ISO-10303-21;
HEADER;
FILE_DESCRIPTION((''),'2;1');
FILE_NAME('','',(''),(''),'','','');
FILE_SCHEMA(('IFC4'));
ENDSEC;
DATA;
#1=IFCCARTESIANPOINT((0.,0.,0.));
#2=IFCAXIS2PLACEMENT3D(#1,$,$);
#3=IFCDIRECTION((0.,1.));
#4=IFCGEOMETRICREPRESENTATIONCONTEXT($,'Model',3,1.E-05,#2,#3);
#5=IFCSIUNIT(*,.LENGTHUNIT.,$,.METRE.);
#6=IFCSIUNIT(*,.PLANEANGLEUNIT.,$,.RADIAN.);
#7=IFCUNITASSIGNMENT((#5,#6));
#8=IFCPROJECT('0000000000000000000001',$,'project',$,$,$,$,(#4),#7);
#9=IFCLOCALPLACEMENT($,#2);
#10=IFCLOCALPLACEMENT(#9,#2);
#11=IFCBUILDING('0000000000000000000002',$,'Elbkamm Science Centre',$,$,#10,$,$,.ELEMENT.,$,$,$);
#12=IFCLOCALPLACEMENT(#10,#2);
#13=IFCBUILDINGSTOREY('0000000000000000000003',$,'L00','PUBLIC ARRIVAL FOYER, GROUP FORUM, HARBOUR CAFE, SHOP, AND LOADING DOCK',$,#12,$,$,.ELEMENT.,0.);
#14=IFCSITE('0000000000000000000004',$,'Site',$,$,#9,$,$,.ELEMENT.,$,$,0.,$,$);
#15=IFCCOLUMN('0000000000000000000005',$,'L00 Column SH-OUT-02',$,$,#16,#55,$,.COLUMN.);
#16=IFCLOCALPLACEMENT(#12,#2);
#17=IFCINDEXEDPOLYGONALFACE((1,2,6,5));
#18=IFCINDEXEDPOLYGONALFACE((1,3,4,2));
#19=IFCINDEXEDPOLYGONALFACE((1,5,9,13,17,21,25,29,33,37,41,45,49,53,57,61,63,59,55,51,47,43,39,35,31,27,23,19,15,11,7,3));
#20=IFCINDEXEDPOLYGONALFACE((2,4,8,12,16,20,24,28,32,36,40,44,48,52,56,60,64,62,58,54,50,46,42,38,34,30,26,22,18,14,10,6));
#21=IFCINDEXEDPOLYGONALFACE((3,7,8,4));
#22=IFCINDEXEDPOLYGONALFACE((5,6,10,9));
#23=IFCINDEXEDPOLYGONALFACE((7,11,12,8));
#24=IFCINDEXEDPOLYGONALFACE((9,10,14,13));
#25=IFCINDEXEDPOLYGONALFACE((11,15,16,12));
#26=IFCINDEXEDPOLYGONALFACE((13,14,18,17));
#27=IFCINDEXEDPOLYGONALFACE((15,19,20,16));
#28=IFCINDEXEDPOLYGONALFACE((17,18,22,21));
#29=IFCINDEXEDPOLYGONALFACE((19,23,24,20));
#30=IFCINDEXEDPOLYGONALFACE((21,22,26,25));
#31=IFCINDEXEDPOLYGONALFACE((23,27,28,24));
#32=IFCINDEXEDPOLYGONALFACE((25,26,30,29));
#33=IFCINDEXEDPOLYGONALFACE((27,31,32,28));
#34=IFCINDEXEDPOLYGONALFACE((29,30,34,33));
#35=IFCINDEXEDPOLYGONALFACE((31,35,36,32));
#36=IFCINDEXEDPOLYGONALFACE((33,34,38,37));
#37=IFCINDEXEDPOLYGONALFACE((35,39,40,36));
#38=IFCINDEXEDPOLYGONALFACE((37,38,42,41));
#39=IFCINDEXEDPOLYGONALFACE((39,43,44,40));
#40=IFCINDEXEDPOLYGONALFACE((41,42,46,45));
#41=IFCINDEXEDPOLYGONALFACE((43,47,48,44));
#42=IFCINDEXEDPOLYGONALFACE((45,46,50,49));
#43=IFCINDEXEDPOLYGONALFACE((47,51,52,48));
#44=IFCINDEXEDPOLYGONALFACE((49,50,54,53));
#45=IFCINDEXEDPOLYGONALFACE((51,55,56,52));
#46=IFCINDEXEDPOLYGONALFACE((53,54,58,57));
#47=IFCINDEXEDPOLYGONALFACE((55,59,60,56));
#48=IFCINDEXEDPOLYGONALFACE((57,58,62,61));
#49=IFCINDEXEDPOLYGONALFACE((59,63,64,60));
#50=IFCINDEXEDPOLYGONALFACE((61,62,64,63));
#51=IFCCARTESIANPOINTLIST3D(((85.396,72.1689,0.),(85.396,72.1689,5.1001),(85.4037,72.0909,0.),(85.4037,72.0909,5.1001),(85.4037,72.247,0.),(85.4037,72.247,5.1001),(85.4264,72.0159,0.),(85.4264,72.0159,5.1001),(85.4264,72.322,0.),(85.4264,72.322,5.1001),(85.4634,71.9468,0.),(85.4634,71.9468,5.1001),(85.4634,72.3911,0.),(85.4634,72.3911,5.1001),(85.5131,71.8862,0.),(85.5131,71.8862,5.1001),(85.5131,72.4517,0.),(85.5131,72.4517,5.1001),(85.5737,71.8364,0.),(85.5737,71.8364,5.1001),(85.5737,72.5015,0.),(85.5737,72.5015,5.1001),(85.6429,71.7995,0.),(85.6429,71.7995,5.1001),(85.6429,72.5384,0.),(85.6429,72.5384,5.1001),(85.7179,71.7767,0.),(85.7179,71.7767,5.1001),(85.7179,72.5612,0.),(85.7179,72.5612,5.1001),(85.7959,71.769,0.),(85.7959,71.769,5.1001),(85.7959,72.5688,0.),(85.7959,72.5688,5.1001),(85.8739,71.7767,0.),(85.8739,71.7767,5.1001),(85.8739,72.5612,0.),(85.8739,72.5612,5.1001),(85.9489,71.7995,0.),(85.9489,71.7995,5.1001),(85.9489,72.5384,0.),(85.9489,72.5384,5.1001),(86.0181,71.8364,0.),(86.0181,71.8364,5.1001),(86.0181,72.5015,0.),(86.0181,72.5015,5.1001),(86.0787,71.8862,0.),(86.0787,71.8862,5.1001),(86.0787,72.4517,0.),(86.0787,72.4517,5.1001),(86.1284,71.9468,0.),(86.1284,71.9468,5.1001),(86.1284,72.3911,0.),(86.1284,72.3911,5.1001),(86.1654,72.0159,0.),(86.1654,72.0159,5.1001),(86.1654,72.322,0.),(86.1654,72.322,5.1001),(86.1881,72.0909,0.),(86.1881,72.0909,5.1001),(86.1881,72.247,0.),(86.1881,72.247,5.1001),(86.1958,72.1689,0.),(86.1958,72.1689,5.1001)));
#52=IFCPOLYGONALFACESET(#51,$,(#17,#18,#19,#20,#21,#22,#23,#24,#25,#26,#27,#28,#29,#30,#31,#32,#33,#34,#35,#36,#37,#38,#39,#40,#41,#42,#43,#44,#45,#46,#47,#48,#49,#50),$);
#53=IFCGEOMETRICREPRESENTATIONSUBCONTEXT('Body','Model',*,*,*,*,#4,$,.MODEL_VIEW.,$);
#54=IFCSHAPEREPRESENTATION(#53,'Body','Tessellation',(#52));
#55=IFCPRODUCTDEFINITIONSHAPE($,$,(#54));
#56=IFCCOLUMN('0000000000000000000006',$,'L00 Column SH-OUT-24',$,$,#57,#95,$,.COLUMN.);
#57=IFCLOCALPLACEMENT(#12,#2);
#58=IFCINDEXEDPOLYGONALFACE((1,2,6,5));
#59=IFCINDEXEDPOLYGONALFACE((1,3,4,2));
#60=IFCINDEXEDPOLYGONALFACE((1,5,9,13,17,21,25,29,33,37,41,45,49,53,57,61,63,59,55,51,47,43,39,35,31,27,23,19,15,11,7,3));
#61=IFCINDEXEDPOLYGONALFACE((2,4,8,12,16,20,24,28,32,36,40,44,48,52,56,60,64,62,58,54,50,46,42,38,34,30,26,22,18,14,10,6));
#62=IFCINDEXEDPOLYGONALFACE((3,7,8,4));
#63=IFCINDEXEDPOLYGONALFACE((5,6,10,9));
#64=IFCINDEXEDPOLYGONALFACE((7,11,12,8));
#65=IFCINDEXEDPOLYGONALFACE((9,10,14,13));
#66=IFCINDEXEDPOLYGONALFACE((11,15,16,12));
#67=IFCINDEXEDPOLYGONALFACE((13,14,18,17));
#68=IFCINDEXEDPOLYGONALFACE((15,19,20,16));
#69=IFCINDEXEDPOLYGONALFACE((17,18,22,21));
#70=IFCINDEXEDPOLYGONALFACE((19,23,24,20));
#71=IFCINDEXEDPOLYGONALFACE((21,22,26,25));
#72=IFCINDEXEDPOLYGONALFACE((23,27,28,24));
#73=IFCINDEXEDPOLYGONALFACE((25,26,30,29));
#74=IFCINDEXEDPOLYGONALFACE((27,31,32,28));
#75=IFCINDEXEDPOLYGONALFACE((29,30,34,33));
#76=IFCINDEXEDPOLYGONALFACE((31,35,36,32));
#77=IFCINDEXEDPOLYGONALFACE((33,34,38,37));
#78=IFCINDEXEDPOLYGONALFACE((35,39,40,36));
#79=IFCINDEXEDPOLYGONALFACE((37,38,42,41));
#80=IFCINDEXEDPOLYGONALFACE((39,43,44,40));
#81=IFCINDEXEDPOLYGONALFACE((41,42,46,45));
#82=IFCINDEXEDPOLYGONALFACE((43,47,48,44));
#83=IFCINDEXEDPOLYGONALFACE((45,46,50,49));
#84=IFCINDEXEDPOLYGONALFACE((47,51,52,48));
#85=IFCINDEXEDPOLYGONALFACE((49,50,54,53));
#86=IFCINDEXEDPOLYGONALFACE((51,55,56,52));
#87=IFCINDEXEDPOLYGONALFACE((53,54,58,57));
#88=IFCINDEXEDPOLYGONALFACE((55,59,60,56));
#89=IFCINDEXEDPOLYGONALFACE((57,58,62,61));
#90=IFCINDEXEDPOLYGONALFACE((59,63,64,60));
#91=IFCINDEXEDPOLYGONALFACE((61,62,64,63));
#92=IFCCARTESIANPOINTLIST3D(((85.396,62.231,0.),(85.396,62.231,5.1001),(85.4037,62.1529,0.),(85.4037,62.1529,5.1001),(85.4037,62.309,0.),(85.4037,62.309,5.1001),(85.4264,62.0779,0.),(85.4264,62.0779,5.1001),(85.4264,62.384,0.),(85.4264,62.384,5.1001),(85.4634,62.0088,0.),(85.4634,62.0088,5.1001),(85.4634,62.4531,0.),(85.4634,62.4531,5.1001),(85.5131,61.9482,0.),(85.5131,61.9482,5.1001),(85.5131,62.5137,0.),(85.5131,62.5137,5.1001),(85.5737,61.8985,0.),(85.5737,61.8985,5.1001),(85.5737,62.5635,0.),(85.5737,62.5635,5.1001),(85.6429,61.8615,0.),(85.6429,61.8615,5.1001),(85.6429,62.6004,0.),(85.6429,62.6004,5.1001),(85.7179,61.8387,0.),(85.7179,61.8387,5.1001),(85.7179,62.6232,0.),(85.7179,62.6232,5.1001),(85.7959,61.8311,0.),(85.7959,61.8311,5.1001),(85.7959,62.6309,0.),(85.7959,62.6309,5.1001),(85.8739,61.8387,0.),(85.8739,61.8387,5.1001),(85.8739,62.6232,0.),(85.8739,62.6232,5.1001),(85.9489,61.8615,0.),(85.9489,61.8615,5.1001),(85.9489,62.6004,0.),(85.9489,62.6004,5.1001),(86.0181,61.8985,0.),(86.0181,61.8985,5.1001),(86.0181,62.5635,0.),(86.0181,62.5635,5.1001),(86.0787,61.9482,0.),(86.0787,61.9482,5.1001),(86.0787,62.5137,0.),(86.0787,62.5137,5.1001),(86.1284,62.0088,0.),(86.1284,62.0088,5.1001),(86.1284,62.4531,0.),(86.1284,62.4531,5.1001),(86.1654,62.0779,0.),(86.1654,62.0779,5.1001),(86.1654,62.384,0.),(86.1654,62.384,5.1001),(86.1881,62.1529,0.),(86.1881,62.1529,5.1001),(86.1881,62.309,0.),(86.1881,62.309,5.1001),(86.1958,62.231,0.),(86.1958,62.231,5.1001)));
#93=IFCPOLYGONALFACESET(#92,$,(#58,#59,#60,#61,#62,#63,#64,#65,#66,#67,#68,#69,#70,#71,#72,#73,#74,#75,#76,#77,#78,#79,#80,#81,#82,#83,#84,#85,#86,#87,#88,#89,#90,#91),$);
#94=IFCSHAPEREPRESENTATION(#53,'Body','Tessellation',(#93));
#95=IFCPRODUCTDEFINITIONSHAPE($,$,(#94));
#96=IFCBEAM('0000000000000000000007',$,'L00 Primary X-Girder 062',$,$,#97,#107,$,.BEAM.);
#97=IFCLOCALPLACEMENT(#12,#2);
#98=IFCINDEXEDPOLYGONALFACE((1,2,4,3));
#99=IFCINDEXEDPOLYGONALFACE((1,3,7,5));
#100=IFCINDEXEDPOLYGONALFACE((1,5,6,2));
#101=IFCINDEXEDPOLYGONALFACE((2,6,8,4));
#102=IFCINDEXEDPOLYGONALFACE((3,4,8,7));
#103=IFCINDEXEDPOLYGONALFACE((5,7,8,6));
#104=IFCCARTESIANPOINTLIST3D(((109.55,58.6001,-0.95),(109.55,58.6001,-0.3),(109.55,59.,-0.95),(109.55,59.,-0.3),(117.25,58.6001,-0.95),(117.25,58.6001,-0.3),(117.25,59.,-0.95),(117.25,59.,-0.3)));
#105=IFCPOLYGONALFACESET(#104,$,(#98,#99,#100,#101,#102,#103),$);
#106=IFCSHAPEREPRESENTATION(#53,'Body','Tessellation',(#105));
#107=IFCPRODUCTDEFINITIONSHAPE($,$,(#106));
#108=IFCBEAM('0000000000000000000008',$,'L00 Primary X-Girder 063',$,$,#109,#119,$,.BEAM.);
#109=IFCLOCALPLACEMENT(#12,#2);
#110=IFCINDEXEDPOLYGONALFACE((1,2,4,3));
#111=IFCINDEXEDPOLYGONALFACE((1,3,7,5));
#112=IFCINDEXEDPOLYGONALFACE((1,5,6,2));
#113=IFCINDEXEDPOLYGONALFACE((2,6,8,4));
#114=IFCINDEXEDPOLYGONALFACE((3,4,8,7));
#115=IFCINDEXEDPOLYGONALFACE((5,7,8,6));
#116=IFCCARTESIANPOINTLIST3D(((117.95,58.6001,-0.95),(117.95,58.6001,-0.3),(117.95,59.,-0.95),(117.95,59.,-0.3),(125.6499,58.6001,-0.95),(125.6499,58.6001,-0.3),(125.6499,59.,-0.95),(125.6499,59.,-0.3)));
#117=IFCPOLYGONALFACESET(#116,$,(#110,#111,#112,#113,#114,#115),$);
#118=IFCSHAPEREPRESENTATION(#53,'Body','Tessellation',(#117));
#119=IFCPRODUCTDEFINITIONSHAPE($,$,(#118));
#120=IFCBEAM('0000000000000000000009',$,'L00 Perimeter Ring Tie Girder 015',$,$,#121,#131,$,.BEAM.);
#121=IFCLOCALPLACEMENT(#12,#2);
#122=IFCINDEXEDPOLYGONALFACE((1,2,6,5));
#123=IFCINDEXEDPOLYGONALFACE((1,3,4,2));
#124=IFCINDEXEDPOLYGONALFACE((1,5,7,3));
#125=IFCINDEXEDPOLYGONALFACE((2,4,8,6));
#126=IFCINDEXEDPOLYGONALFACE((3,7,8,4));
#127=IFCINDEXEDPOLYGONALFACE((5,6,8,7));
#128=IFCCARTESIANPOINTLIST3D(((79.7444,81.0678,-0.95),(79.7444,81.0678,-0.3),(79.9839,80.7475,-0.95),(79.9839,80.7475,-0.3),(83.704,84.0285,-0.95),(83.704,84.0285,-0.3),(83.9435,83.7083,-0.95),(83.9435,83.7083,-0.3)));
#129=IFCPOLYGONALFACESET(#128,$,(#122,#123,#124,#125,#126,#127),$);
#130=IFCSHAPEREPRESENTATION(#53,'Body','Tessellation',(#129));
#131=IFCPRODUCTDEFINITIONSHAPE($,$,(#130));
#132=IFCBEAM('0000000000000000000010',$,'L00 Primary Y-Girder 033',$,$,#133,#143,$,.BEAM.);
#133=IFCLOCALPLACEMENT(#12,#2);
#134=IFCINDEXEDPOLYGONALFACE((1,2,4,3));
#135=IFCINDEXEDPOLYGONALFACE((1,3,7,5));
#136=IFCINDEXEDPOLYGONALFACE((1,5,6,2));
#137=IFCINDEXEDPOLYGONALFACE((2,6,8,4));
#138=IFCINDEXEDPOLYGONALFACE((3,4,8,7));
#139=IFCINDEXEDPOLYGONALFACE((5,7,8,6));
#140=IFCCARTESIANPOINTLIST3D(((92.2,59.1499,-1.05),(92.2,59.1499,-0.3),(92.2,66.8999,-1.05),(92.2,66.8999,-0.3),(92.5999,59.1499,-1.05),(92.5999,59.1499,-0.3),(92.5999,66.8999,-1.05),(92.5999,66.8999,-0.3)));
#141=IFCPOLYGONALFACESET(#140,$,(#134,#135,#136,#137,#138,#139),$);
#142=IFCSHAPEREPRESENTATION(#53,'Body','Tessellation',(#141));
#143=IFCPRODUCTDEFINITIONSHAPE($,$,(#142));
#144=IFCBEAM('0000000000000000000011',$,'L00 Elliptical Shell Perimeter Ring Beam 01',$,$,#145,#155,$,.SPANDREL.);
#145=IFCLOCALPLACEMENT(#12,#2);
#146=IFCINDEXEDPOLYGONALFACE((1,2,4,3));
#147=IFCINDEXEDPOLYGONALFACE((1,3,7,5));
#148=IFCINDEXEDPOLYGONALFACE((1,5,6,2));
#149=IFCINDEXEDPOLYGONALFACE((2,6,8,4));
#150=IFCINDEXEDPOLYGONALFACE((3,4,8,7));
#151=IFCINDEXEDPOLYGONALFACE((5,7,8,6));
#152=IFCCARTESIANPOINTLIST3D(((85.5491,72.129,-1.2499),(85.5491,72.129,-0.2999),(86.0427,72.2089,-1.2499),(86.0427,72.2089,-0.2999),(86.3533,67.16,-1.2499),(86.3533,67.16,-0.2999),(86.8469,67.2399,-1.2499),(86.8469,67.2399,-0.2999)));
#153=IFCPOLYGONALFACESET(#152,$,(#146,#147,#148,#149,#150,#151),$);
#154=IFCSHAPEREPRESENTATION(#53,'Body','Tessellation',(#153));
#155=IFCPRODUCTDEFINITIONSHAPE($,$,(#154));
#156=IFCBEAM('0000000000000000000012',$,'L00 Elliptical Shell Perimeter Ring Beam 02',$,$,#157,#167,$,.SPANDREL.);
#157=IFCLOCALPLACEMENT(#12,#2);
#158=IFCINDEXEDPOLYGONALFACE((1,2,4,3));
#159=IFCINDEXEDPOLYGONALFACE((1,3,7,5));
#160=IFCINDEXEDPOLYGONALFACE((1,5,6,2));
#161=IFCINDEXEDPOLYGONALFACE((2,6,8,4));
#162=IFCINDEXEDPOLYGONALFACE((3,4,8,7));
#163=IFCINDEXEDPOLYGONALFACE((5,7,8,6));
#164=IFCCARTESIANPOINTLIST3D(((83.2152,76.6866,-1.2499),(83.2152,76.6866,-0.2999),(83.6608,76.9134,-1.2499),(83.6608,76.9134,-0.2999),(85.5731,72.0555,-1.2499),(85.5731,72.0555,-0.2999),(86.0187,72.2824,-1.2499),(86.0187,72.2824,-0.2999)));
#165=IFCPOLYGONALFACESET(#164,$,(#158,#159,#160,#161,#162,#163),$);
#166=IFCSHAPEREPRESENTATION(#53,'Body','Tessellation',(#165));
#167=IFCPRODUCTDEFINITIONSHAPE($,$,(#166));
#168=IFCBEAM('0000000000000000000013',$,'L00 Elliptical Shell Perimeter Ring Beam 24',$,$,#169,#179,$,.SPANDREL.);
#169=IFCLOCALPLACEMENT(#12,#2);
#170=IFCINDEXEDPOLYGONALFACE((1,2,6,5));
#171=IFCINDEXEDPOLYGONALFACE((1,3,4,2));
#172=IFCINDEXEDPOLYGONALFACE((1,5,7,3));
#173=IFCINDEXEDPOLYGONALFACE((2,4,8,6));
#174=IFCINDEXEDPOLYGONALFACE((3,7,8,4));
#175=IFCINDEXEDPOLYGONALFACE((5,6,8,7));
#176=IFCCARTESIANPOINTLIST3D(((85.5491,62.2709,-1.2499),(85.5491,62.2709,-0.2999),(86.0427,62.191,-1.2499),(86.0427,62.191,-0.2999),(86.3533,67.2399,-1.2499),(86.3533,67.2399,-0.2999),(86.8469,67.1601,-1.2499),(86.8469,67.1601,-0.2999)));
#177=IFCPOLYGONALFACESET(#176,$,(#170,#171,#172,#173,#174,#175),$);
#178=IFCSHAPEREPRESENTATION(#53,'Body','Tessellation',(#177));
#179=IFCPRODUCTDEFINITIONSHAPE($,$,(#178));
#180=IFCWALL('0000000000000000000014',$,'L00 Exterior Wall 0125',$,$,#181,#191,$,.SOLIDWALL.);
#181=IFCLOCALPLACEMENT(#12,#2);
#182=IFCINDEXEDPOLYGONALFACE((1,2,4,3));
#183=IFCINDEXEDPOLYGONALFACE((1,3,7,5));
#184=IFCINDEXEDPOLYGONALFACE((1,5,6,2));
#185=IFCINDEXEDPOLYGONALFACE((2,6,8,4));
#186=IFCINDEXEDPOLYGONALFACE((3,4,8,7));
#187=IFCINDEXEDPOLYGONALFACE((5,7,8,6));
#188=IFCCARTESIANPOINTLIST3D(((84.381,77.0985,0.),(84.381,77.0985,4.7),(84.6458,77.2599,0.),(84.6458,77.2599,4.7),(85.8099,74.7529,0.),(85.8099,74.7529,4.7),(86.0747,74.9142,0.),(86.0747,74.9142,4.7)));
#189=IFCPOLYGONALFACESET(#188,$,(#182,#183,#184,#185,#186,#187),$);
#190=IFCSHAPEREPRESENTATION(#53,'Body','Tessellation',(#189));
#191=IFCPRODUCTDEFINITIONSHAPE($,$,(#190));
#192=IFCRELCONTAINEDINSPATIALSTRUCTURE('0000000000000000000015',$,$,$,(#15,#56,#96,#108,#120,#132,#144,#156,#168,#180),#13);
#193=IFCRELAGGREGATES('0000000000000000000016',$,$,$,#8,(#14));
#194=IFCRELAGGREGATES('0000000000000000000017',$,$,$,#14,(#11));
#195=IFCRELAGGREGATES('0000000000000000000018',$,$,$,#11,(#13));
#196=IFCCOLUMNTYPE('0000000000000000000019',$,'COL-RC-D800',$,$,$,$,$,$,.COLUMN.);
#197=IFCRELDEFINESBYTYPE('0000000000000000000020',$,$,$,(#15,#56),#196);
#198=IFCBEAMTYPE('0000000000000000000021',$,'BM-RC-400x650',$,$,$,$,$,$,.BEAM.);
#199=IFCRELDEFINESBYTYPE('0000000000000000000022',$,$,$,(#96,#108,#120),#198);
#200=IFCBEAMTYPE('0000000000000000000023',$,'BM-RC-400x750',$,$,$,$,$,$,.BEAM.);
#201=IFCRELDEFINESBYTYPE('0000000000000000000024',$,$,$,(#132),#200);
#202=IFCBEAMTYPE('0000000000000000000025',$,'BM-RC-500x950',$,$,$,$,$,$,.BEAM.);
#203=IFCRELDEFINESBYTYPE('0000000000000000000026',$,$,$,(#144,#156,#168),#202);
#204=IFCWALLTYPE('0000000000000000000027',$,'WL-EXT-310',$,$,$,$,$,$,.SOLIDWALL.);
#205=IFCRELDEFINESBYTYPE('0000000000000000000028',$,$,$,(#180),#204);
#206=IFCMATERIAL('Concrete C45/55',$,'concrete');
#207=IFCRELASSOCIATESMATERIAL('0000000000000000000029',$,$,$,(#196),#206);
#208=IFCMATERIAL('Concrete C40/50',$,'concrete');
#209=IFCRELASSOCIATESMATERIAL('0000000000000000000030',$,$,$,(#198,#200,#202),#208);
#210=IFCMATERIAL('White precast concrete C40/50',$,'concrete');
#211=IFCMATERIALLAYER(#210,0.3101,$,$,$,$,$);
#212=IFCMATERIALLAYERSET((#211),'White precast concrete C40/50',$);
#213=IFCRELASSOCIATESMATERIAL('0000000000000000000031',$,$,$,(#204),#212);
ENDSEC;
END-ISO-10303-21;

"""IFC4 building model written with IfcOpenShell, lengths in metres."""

from ifc_helpers import new_model, si_unit, direction, frame, frame_2d, origin, origin_2d, place, context, subcontext, project, spatial, rectangle, circle, extrude, material, layer, layer_set, material_profile, profile_set, type_object, element, save


model = new_model("IFC4")

# Units and contexts
model_context = context("Model", 3, precision=1e-05, world=origin(), true_north=direction((0.0, 1.0)))
body_context = subcontext(model_context, "Body", "Model", "MODEL_VIEW")
ifc_project = project(units=[si_unit("LENGTHUNIT", "METRE"), si_unit("PLANEANGLEUNIT", "RADIAN")], contexts=[model_context])

# Site, building, storey
site_placement = place(None, origin())
site = spatial("IfcSite", under=ifc_project, at=site_placement, Name="Site", CompositionType="ELEMENT", RefElevation=0.0)
building_placement = place(site_placement, origin())
building = spatial("IfcBuilding", under=site, at=building_placement, Name="Elbkamm Science Centre", CompositionType="ELEMENT")
storey_placement = place(building_placement, origin())
storey = spatial("IfcBuildingStorey", under=building, at=storey_placement, Name="L00", Description="PUBLIC ARRIVAL FOYER, GROUP FORUM, HARBOUR CAFE, SHOP, AND LOADING DOCK", CompositionType="ELEMENT", Elevation=0.0)

# Columns
ifc_material_1 = material(Name="Concrete C40/50", Category="concrete")
ifc_material_2 = material(Name="Concrete C45/55", Category="concrete")
ifc_material_profile_1 = material_profile(ifc_material_2, circle(Radius=0.3999, at=origin_2d()), Name="RC D800")
ifc_profile_set_1 = profile_set([ifc_material_profile_1], Name="Concrete C45/55")
column_type_1 = type_object("IfcColumnType", Name="COL-RC-D800", PredefinedType="COLUMN", material=ifc_profile_set_1)
for number, where, z_axis, x_axis, name in (
    (1, (85.7959, 72.1689, 0.0), (0.0, 0.0, 1.0), (1.0, 0.0, 0.0), "L00 Column SH-OUT-02"),
    (2, (85.7959, 62.231, 0.0), (0.0, 0.0, 1.0), (1.0, 0.0, 0.0), "L00 Column SH-OUT-24"),
):
    element("IfcColumn", number, at=place(storey_placement, frame(where, z_axis=z_axis, x_axis=x_axis)), inside=storey, type_object=column_type_1, Name=name, PredefinedType="COLUMN", context=body_context, shape_type="SweptSolid", body=[
        extrude(circle(Radius=0.3999, at=origin_2d()), origin(), (0.0, 0.0, 1.0), 5.1001),
    ])

# Beams
ifc_material_profile_2 = material_profile(ifc_material_1, rectangle(XDim=0.3999, YDim=0.6499, at=origin_2d()), Name="RC 400x650")
ifc_profile_set_2 = profile_set([ifc_material_profile_2], Name="Concrete C40/50")
beam_type_1 = type_object("IfcBeamType", Name="BM-RC-400x650", PredefinedType="BEAM", material=ifc_profile_set_2)
for number, where, z_axis, x_axis, name in (
    (3, (109.55, 58.8, -0.625), (1.0, 0.0, 0.0), (0.0, 1.0, 0.0), "L00 Primary X-Girder 062"),
    (4, (117.95, 58.8, -0.625), (1.0, 0.0, 0.0), (0.0, 1.0, 0.0), "L00 Primary X-Girder 063"),
):
    element("IfcBeam", number, at=place(storey_placement, frame(where, z_axis=z_axis, x_axis=x_axis)), inside=storey, type_object=beam_type_1, Name=name, PredefinedType="BEAM", context=body_context, shape_type="SweptSolid", body=[
        extrude(rectangle(XDim=0.3999, YDim=0.6499, at=origin_2d()), origin(), (0.0, 0.0, 1.0), 7.7),
    ])
beam_1_placement = place(storey_placement, frame((83.8237, 83.8684, -0.625), z_axis=(-0.800864, -0.598846, 0.0), x_axis=(0.598846, -0.800864, 0.0)))
element("IfcBeam", 5, at=beam_1_placement, inside=storey, type_object=beam_type_1, Name="L00 Perimeter Ring Tie Girder 015", PredefinedType="BEAM", context=body_context, shape_type="SweptSolid", body=[
    extrude(rectangle(XDim=0.3999, YDim=0.6499, at=origin_2d()), origin(), (0.0, 0.0, 1.0), 4.9441),
])
ifc_material_profile_3 = material_profile(ifc_material_1, rectangle(XDim=0.3999, YDim=0.75, at=origin_2d()), Name="RC 400x750")
ifc_profile_set_3 = profile_set([ifc_material_profile_3], Name="Concrete C40/50")
beam_type_2 = type_object("IfcBeamType", Name="BM-RC-400x750", PredefinedType="BEAM", material=ifc_profile_set_3)
beam_2_placement = place(storey_placement, frame((92.3999, 59.1499, -0.675), z_axis=(0.0, 1.0, 0.0), x_axis=(-1.0, 0.0, 0.0)))
element("IfcBeam", 6, at=beam_2_placement, inside=storey, type_object=beam_type_2, Name="L00 Primary Y-Girder 033", PredefinedType="BEAM", context=body_context, shape_type="SweptSolid", body=[
    extrude(rectangle(XDim=0.3999, YDim=0.75, at=origin_2d()), origin(), (0.0, 0.0, 1.0), 7.75),
])
ifc_material_profile_4 = material_profile(ifc_material_1, rectangle(XDim=0.5, YDim=0.95, at=origin_2d()), Name="RC 500x950")
ifc_profile_set_4 = profile_set([ifc_material_profile_4], Name="Concrete C40/50")
beam_type_3 = type_object("IfcBeamType", Name="BM-RC-500x950", PredefinedType="BEAM", material=ifc_profile_set_4)
beam_3_placement = place(storey_placement, frame((86.6001, 67.2, -0.7749), z_axis=(-0.159765, 0.987155, 0.0), x_axis=(-0.987155, -0.159765, 0.0)))
element("IfcBeam", 7, at=beam_3_placement, inside=storey, type_object=beam_type_3, Name="L00 Elliptical Shell Perimeter Ring Beam 01", PredefinedType="SPANDREL", context=body_context, shape_type="SweptSolid", body=[
    extrude(rectangle(XDim=0.5, YDim=0.95, at=origin_2d()), origin(), (0.0, 0.0, 1.0), 5.0337),
])
beam_4_placement = place(storey_placement, frame((85.7959, 72.1689, -0.7749), z_axis=(-0.453722, 0.891143, 0.0), x_axis=(-0.891143, -0.453722, 0.0)))
element("IfcBeam", 8, at=beam_4_placement, inside=storey, type_object=beam_type_3, Name="L00 Elliptical Shell Perimeter Ring Beam 02", PredefinedType="SPANDREL", context=body_context, shape_type="SweptSolid", body=[
    extrude(rectangle(XDim=0.5, YDim=0.95, at=origin_2d()), origin(), (0.0, 0.0, 1.0), 5.1968),
])
beam_5_placement = place(storey_placement, frame((85.7959, 62.231, -0.7749), z_axis=(0.159765, 0.987155, 0.0), x_axis=(-0.987155, 0.159765, 0.0)))
element("IfcBeam", 9, at=beam_5_placement, inside=storey, type_object=beam_type_3, Name="L00 Elliptical Shell Perimeter Ring Beam 24", PredefinedType="SPANDREL", context=body_context, shape_type="SweptSolid", body=[
    extrude(rectangle(XDim=0.5, YDim=0.95, at=origin_2d()), origin(), (0.0, 0.0, 1.0), 5.0337),
])

# Wall
ifc_material_3 = material(Name="White precast concrete C40/50", Category="concrete")
ifc_layer_1 = layer(ifc_material_3, 0.3101)
ifc_layer_set_1 = layer_set([ifc_layer_1], Name="White precast concrete C40/50")
wall_type_1 = type_object("IfcWallType", Name="WL-EXT-310", PredefinedType="SOLIDWALL", material=ifc_layer_set_1)
wall_1_placement = place(storey_placement, frame((84.5134, 77.1792, 0.0), z_axis=(0.0, 0.0, 1.0), x_axis=(0.520249, -0.854015, 0.0)))
element("IfcWall", 10, at=wall_1_placement, inside=storey, type_object=wall_type_1, Name="L00 Exterior Wall 0125", PredefinedType="SOLIDWALL", context=body_context, shape_type="SweptSolid", body=[
    extrude(rectangle(XDim=2.7466, YDim=0.3101, at=frame_2d((1.3733, 0.0))), origin(), (0.0, 0.0, 1.0), 4.7),
])

save(model, "model.ifc")
